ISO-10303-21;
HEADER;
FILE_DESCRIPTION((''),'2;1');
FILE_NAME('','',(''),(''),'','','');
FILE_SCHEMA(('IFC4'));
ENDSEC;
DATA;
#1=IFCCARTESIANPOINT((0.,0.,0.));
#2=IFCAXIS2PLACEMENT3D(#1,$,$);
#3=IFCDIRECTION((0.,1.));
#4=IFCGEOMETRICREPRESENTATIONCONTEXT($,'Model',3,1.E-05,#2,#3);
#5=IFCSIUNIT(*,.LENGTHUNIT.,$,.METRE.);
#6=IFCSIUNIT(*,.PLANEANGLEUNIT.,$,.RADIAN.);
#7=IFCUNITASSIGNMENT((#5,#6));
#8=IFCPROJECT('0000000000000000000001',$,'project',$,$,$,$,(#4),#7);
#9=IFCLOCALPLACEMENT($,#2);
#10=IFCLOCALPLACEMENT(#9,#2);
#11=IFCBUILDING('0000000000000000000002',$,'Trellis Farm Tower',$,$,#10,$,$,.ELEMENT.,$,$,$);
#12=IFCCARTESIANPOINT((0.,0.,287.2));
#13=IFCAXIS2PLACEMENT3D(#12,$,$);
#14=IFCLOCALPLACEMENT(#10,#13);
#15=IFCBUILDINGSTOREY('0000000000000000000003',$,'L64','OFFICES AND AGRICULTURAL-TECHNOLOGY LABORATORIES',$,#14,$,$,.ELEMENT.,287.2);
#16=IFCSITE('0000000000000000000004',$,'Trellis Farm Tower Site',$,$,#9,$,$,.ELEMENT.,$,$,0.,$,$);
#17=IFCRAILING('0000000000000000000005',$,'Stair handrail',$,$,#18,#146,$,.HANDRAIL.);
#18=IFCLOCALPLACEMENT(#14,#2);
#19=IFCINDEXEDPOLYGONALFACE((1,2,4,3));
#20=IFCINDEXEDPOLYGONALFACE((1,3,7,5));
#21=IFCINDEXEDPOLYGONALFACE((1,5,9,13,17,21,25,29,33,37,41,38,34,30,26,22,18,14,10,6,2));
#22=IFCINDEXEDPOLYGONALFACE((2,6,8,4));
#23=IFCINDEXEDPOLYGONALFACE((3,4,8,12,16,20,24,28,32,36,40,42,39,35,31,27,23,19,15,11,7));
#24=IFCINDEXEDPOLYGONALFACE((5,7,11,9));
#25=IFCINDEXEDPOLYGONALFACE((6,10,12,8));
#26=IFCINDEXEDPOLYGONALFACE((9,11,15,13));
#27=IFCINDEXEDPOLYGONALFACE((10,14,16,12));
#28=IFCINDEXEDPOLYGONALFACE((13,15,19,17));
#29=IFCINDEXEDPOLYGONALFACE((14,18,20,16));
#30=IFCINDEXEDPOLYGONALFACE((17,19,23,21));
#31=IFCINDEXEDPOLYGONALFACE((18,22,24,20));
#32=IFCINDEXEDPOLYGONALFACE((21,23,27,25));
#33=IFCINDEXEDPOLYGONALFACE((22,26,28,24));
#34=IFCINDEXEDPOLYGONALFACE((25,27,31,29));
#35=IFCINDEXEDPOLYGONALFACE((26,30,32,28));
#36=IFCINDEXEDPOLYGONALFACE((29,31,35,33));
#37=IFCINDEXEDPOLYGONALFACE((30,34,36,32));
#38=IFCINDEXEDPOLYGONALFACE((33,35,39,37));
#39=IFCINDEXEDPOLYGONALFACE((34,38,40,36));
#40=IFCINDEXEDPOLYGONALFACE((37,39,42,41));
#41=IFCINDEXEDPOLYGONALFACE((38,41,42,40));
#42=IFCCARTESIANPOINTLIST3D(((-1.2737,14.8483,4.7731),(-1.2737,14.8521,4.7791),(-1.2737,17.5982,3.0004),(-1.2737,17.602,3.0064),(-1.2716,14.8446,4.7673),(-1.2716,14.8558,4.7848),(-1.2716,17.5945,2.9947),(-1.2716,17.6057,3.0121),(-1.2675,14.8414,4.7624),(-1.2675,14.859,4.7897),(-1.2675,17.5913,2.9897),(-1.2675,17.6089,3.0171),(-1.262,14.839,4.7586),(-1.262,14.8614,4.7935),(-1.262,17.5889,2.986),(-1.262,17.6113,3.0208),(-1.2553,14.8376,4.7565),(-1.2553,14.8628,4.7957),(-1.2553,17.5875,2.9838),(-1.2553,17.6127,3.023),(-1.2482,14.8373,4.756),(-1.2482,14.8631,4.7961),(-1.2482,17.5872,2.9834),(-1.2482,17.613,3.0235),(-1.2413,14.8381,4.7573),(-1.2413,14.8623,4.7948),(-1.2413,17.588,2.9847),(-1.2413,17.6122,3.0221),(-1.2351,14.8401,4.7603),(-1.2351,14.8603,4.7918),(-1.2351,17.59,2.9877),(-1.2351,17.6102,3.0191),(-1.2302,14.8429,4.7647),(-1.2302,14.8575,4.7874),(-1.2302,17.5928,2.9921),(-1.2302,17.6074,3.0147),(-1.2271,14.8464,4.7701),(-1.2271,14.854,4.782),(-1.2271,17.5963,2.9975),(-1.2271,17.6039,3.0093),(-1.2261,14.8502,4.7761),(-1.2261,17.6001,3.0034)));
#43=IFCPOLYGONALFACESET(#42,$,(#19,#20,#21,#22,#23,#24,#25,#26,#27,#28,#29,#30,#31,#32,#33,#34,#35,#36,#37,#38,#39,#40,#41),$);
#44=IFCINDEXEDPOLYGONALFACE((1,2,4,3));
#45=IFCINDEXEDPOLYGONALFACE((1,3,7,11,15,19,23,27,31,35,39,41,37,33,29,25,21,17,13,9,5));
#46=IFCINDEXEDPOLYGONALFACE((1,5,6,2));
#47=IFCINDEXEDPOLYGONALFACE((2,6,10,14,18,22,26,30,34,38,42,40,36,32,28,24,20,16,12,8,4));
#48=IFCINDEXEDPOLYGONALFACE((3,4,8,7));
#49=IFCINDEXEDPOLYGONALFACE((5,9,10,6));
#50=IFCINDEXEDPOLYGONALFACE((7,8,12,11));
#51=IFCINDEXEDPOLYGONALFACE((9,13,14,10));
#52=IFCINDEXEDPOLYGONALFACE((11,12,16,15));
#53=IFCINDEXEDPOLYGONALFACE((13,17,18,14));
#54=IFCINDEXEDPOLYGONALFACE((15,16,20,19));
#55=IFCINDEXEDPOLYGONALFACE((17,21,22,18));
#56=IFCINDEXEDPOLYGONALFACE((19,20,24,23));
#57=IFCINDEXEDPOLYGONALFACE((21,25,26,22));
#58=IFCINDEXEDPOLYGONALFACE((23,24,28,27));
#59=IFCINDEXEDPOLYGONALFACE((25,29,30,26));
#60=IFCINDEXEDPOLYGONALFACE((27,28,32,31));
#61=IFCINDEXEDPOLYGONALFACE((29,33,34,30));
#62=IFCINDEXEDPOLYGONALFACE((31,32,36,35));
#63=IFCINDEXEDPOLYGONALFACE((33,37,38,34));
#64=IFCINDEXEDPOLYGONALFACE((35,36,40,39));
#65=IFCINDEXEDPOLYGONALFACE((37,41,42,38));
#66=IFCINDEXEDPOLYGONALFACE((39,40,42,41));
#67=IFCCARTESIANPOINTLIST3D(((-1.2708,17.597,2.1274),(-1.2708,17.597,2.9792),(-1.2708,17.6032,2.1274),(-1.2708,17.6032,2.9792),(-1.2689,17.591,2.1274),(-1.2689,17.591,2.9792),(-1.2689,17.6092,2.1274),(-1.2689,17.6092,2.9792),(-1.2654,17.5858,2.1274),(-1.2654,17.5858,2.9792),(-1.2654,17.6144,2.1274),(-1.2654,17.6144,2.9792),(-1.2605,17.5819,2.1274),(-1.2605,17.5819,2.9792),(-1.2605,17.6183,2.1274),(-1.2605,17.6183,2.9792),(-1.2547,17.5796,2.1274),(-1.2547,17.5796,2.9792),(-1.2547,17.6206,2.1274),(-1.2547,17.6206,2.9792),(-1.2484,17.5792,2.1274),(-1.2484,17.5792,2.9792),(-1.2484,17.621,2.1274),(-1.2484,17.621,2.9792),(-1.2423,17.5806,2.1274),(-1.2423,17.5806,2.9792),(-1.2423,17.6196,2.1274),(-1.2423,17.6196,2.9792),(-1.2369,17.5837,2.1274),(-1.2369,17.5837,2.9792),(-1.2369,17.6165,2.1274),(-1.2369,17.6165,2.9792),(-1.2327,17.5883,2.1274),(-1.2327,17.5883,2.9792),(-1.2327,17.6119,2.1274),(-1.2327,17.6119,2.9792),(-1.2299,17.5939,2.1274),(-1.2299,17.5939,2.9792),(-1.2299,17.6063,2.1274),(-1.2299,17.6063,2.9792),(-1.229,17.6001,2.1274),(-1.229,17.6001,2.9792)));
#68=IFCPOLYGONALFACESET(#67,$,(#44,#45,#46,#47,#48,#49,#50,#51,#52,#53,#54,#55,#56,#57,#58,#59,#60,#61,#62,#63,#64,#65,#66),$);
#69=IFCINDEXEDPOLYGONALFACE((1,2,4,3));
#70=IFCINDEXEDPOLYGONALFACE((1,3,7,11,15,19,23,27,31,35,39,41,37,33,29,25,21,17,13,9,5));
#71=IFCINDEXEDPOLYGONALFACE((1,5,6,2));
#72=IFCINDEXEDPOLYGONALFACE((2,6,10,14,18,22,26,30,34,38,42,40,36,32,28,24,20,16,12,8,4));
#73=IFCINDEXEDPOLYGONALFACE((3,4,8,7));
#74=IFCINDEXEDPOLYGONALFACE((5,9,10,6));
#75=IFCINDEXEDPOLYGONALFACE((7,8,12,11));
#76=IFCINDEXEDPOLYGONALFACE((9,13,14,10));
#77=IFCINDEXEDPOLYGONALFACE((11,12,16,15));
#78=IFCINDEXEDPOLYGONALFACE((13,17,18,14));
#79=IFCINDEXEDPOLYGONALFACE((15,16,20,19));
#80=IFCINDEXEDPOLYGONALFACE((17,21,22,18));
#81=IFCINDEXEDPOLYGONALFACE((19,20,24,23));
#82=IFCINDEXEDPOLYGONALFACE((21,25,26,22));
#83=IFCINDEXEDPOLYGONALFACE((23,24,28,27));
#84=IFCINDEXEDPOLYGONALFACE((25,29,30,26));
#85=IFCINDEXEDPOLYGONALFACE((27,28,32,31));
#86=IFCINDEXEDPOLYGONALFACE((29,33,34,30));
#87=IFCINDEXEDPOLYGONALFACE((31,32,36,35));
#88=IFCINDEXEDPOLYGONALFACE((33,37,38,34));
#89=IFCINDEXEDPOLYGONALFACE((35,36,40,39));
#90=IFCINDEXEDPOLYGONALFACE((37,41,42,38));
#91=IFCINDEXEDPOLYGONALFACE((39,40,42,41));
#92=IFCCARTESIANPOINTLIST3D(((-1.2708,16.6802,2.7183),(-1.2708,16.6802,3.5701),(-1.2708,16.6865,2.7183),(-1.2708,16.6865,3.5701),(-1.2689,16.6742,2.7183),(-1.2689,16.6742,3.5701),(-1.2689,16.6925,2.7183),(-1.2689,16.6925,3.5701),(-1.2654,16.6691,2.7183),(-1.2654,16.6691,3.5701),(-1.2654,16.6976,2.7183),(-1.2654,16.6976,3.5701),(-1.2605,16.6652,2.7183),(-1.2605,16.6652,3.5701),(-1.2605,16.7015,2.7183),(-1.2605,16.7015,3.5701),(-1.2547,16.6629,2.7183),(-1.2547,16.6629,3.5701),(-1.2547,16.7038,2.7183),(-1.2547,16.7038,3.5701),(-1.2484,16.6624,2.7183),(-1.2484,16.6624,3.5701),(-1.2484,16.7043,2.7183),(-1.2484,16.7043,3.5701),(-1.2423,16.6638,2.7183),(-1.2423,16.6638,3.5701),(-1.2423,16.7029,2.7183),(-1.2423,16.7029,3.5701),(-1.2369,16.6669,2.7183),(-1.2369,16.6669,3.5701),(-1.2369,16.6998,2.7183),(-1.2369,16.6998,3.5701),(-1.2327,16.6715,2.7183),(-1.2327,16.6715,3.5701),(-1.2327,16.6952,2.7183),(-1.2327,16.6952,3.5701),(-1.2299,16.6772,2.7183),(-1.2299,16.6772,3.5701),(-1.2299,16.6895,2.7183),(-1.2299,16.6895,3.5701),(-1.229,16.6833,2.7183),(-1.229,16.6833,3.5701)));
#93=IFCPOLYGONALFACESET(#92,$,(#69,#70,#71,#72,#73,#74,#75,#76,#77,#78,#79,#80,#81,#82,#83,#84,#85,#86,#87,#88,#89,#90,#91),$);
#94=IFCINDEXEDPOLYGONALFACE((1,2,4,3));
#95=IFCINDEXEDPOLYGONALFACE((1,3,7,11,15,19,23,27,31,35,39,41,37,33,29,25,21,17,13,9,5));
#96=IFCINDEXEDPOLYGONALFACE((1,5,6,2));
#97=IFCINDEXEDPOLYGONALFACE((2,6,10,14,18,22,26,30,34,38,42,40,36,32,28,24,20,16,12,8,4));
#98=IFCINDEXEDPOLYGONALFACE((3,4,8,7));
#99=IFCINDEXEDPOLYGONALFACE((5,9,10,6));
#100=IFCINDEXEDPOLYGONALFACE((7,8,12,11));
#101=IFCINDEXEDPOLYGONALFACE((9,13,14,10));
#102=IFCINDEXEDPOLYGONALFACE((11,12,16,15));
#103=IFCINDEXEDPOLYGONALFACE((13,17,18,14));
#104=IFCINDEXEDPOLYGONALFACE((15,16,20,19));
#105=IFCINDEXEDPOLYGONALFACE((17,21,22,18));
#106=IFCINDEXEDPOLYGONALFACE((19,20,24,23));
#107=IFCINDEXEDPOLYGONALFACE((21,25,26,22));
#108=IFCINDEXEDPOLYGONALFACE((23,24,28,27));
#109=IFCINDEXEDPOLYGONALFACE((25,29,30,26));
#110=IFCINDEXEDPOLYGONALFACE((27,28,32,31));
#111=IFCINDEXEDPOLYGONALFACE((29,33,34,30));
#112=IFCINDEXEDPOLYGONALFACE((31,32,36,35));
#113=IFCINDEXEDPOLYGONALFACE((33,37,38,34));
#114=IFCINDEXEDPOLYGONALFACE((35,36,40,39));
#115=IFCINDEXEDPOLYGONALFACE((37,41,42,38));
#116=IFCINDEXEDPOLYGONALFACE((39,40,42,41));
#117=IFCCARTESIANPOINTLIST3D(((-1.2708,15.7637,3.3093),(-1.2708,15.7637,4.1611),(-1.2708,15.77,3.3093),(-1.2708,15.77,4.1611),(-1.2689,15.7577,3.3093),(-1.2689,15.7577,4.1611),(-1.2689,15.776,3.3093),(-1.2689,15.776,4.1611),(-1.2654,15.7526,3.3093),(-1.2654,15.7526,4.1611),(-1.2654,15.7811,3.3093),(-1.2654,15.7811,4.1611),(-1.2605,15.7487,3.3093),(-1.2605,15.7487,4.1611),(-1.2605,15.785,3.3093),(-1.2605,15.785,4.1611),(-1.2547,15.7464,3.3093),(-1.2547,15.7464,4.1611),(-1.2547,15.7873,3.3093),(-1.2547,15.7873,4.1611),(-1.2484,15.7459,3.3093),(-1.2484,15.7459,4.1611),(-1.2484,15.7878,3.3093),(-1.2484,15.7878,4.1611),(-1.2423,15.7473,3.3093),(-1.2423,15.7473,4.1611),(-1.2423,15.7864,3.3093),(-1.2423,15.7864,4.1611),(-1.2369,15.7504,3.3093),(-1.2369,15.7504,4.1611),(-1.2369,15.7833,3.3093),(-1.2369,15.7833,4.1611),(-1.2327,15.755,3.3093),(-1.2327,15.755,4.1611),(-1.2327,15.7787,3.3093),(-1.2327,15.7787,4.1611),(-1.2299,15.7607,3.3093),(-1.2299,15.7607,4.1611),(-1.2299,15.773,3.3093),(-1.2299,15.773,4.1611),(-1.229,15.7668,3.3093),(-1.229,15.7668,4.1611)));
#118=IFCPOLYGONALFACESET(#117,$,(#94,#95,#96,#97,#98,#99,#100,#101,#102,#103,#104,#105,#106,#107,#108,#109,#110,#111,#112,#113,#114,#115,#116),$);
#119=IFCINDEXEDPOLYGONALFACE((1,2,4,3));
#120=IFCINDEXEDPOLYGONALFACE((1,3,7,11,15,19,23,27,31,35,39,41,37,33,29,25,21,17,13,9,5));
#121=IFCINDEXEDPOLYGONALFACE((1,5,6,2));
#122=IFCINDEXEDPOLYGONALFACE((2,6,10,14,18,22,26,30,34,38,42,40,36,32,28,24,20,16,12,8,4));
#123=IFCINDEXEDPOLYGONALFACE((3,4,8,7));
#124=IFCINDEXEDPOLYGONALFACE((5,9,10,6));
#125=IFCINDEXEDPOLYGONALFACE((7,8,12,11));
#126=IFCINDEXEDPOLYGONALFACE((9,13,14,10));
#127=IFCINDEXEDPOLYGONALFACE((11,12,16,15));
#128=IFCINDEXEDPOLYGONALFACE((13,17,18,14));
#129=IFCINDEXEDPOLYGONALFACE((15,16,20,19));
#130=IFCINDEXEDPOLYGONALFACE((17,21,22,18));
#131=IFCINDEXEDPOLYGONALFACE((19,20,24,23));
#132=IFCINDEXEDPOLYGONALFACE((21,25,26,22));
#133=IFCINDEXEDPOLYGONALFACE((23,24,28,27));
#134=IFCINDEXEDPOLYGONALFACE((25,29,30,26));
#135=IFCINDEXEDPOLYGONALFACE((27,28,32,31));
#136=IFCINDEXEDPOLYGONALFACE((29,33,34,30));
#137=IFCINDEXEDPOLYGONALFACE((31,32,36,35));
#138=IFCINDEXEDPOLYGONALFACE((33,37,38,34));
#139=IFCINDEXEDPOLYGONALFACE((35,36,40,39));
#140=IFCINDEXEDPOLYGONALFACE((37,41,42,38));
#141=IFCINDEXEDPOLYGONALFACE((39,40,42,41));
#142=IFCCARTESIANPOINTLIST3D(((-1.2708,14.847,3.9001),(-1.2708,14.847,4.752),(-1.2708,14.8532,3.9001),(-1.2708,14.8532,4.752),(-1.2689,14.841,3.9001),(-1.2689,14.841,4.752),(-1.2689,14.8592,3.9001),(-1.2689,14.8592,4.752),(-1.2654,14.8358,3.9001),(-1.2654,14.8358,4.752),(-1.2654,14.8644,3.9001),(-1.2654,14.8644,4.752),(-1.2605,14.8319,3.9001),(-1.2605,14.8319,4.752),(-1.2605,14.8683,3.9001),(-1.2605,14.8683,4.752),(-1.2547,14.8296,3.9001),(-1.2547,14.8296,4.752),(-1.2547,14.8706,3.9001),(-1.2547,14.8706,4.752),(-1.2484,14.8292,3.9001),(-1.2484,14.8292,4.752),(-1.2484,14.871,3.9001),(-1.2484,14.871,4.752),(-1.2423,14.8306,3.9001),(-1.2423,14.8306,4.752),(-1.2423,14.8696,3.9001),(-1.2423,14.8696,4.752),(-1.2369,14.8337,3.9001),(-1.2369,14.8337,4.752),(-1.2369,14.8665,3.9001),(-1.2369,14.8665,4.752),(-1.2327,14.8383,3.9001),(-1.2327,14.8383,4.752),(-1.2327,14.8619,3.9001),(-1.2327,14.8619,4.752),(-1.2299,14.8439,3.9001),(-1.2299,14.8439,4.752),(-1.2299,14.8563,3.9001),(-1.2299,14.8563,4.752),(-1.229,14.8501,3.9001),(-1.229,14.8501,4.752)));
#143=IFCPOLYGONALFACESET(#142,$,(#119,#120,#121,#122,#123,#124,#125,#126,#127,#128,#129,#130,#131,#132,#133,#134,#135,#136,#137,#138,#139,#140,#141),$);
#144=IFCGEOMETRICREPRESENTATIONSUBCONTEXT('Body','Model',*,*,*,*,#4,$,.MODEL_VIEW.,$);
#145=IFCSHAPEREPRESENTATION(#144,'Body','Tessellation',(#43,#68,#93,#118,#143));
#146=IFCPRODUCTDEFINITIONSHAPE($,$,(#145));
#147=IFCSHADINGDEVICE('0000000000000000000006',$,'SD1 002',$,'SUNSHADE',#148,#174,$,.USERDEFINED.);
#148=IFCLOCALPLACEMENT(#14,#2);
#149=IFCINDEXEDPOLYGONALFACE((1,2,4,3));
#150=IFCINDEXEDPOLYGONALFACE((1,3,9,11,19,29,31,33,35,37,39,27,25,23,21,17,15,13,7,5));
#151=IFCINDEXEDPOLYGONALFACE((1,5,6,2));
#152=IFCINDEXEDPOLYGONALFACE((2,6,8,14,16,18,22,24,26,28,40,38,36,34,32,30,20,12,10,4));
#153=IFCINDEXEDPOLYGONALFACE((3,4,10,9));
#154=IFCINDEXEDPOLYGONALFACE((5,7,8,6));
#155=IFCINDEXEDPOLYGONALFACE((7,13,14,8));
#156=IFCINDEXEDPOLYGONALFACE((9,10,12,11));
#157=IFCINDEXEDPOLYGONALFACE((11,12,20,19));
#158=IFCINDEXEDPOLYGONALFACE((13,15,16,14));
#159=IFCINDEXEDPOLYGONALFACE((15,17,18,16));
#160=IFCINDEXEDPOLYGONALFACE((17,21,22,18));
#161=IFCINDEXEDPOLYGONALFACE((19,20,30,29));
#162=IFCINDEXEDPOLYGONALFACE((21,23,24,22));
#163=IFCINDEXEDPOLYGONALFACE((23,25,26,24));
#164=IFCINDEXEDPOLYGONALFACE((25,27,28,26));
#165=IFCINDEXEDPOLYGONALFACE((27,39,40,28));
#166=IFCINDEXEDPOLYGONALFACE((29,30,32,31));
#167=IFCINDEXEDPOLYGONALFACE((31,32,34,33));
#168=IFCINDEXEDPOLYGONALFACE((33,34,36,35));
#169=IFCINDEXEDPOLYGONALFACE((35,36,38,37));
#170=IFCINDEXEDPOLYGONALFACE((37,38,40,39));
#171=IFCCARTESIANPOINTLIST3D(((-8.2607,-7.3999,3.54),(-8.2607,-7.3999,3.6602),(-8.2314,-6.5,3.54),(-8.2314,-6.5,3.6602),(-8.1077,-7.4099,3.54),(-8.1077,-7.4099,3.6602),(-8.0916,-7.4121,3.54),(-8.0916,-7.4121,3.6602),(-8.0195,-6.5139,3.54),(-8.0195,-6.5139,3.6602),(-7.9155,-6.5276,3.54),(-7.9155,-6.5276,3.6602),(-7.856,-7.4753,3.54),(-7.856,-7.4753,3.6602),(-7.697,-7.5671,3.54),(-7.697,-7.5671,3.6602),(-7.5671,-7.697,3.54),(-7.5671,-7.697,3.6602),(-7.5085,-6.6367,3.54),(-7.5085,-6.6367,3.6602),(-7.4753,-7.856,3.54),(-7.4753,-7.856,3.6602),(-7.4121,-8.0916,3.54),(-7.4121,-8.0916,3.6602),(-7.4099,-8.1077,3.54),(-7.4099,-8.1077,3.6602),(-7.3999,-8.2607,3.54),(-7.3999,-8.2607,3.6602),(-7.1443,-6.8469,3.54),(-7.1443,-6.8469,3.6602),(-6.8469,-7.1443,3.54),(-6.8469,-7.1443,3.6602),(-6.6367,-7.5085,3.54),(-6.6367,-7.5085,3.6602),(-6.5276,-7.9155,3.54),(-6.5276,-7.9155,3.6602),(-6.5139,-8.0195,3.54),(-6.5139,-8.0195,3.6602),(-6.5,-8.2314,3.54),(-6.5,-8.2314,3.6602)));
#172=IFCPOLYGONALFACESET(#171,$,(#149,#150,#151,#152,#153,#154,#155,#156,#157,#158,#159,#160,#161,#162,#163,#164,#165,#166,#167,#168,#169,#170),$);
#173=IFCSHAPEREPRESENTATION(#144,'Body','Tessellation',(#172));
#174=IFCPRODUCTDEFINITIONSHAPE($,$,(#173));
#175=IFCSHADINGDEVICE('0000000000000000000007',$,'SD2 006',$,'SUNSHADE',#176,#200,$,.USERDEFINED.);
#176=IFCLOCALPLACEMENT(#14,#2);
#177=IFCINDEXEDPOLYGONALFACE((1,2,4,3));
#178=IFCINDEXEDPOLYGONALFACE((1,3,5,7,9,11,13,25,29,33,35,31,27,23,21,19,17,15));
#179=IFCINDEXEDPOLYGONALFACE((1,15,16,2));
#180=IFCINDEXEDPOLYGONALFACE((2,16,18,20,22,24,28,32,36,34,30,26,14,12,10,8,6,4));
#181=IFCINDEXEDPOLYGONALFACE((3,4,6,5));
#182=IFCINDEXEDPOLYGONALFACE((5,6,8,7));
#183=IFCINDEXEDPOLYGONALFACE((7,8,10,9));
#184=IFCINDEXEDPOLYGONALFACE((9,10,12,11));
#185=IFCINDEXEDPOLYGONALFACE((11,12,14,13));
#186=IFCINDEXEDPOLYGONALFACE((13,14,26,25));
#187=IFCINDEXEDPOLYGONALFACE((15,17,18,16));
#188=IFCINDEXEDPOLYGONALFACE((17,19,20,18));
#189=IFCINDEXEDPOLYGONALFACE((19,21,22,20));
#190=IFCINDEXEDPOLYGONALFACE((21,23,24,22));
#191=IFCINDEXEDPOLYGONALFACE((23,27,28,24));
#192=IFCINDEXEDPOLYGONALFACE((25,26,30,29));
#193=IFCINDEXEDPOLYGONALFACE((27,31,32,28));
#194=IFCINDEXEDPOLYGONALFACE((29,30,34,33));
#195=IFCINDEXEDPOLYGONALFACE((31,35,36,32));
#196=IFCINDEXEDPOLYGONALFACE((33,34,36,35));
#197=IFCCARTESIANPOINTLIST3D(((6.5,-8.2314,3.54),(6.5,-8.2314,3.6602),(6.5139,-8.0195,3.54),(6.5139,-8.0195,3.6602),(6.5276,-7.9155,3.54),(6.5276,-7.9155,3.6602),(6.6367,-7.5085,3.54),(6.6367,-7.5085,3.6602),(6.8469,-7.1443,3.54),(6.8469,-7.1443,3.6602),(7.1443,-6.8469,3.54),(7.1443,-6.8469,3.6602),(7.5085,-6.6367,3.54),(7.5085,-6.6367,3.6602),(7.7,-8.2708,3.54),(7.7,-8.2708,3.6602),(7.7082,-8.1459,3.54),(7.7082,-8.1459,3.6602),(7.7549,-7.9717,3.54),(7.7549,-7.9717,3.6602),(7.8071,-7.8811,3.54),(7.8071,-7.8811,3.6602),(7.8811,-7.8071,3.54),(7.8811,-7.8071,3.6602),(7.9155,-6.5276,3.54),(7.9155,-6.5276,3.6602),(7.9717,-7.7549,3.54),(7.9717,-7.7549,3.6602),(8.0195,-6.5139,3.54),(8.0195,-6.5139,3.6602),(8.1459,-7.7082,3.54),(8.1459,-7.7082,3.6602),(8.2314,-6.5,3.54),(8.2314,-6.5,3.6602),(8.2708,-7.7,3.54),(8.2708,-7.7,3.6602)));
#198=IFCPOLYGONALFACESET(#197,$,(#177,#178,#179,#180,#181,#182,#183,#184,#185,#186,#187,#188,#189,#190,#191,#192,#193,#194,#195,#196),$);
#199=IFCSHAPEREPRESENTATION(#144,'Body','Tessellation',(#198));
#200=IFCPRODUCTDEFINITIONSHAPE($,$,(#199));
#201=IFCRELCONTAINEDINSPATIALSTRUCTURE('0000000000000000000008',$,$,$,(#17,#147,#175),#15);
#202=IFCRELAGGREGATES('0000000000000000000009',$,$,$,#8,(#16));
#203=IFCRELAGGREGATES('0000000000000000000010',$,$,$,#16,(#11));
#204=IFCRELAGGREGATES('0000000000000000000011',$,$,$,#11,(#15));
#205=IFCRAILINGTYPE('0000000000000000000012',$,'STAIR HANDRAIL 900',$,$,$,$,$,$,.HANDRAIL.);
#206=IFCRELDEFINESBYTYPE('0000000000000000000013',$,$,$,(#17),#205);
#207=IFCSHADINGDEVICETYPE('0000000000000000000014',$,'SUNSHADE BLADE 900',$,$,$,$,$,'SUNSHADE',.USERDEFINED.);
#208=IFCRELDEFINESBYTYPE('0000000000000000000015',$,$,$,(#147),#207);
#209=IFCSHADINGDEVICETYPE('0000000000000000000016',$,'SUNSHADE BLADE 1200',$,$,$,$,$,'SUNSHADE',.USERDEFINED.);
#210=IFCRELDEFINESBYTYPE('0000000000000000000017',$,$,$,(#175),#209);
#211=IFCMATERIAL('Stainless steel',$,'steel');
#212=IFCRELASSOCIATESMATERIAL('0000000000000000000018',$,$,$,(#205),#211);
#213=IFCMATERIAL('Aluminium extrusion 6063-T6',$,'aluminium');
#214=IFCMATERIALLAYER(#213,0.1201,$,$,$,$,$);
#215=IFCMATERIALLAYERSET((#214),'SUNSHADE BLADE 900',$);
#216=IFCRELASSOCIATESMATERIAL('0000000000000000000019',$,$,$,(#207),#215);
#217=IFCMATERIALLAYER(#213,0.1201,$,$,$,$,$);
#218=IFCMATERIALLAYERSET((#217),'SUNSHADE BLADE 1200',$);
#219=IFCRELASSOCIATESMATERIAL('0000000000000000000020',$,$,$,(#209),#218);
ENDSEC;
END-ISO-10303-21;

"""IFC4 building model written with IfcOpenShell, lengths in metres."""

from ifc_helpers import new_model, si_unit, direction, frame, origin, origin_2d, place, context, subcontext, project, spatial, polyline, circle, outline, extrude, source, transform, mapped, material, layer, layer_set, type_object, element, save


model = new_model("IFC4")

# Units and contexts
model_context = context("Model", 3, precision=1e-05, world=origin(), true_north=direction((0.0, 1.0)))
body_context = subcontext(model_context, "Body", "Model", "MODEL_VIEW")
ifc_project = project(units=[si_unit("LENGTHUNIT", "METRE"), si_unit("PLANEANGLEUNIT", "RADIAN")], contexts=[model_context])

# Site, building, storey
site_placement = place(None, origin())
site = spatial("IfcSite", under=ifc_project, at=site_placement, Name="Trellis Farm Tower Site", CompositionType="ELEMENT", RefElevation=0.0)
building_placement = place(site_placement, origin())
building = spatial("IfcBuilding", under=site, at=building_placement, Name="Trellis Farm Tower", CompositionType="ELEMENT")
storey_placement = place(building_placement, frame((0.0, 0.0, 287.2)))
storey = spatial("IfcBuildingStorey", under=building, at=storey_placement, Name="L64", Description="OFFICES AND AGRICULTURAL-TECHNOLOGY LABORATORIES", CompositionType="ELEMENT", Elevation=287.2)

# Shared definitions
ifc_material_1 = material(Name="Aluminium extrusion 6063-T6", Category="aluminium")

# Railing
ifc_material_2 = material(Name="Stainless steel", Category="steel")
railing_type = type_object("IfcRailingType", Name="STAIR HANDRAIL 900", PredefinedType="HANDRAIL", material=ifc_material_2)
shared_shape_1 = source(origin(), body_context, "Body", "SweptSolid", [
    extrude(circle(Radius=0.0239, at=origin_2d()), frame((0.0, 0.0, 0.876), z_axis=(0.0, -0.840504, 0.541806), x_axis=(1.0, 0.0, 0.0)), (0.0, 0.0, 1.0), 3.2717),
    extrude(circle(Radius=0.021, at=origin_2d()), origin(), (0.0, 0.0, 1.0), 0.8518),
    extrude(circle(Radius=0.021, at=origin_2d()), frame((0.0, -0.9167, 0.5908)), (0.0, 0.0, 1.0), 0.8518),
    extrude(circle(Radius=0.021, at=origin_2d()), frame((0.0, -1.8333, 1.1819)), (0.0, 0.0, 1.0), 0.8518),
    extrude(circle(Radius=0.021, at=origin_2d()), frame((0.0, -2.75, 1.7727)), (0.0, 0.0, 1.0), 0.8518),
])
railing_placement = place(storey_placement, frame((-1.25, 17.6001, 2.1274)))
element("IfcRailing", 1, at=railing_placement, inside=storey, type_object=railing_type, Name="Stair handrail", PredefinedType="HANDRAIL", context=body_context, shape_type="MappedRepresentation", body=[
    mapped(shared_shape_1, transform((0.0, 0.0, 0.0))),
])

# Shading devices
ifc_layer_1 = layer(ifc_material_1, 0.1201)
ifc_layer_set_1 = layer_set([ifc_layer_1], Name="SUNSHADE BLADE 900")
shading_device_type_1 = type_object("IfcShadingDeviceType", Name="SUNSHADE BLADE 900", ElementType="SUNSHADE", PredefinedType="USERDEFINED", material=ifc_layer_set_1)
shared_shape_2 = source(origin(), body_context, "Body", "SweptSolid", [
    extrude(outline(polyline([(-8.2607, -7.3999), (-8.1077, -7.4099), (-8.0916, -7.4121), (-7.856, -7.4753), (-7.697, -7.5671), (-7.5671, -7.697), (-7.4753, -7.856), (-7.4121, -8.0916), (-7.4099, -8.1077), (-7.3999, -8.2607), (-6.5, -8.2314), (-6.5139, -8.0195), (-6.5276, -7.9155), (-6.6367, -7.5085), (-6.8469, -7.1443), (-7.1443, -6.8469), (-7.5085, -6.6367), (-7.9155, -6.5276), (-8.0195, -6.5139), (-8.2314, -6.5), (-8.2607, -7.3999)])), origin(), (0.0, 0.0, 1.0), 0.1201),
])
placement_1 = place(storey_placement, frame((0.0, 0.0, 3.54)))
element("IfcShadingDevice", 2, at=placement_1, inside=storey, type_object=shading_device_type_1, Name="SD1 002", ObjectType="SUNSHADE", PredefinedType="USERDEFINED", context=body_context, shape_type="MappedRepresentation", body=[
    mapped(shared_shape_2, transform((0.0, 0.0, 0.0))),
])
ifc_layer_2 = layer(ifc_material_1, 0.1201)
ifc_layer_set_2 = layer_set([ifc_layer_2], Name="SUNSHADE BLADE 1200")
shading_device_type_2 = type_object("IfcShadingDeviceType", Name="SUNSHADE BLADE 1200", ElementType="SUNSHADE", PredefinedType="USERDEFINED", material=ifc_layer_set_2)
shared_shape_3 = source(origin(), body_context, "Body", "SweptSolid", [
    extrude(outline(polyline([(7.7, -8.2708), (7.7087, -8.1372), (7.707, -8.1501), (7.7549, -7.9717), (7.8071, -7.8811), (7.8811, -7.8071), (7.9717, -7.7549), (8.1501, -7.707), (8.1372, -7.7087), (8.2708, -7.7), (8.2314, -6.5), (8.0195, -6.5139), (7.9155, -6.5276), (7.5085, -6.6367), (7.1443, -6.8469), (6.8469, -7.1443), (6.6367, -7.5085), (6.5276, -7.9155), (6.5139, -8.0195), (6.5, -8.2314), (7.7, -8.2708)])), origin(), (0.0, 0.0, 1.0), 0.1201),
])
element("IfcShadingDevice", 3, at=placement_1, inside=storey, type_object=shading_device_type_2, Name="SD2 006", ObjectType="SUNSHADE", PredefinedType="USERDEFINED", context=body_context, shape_type="MappedRepresentation", body=[
    mapped(shared_shape_3, transform((0.0, 0.0, 0.0))),
])

save(model, "model.ifc")
